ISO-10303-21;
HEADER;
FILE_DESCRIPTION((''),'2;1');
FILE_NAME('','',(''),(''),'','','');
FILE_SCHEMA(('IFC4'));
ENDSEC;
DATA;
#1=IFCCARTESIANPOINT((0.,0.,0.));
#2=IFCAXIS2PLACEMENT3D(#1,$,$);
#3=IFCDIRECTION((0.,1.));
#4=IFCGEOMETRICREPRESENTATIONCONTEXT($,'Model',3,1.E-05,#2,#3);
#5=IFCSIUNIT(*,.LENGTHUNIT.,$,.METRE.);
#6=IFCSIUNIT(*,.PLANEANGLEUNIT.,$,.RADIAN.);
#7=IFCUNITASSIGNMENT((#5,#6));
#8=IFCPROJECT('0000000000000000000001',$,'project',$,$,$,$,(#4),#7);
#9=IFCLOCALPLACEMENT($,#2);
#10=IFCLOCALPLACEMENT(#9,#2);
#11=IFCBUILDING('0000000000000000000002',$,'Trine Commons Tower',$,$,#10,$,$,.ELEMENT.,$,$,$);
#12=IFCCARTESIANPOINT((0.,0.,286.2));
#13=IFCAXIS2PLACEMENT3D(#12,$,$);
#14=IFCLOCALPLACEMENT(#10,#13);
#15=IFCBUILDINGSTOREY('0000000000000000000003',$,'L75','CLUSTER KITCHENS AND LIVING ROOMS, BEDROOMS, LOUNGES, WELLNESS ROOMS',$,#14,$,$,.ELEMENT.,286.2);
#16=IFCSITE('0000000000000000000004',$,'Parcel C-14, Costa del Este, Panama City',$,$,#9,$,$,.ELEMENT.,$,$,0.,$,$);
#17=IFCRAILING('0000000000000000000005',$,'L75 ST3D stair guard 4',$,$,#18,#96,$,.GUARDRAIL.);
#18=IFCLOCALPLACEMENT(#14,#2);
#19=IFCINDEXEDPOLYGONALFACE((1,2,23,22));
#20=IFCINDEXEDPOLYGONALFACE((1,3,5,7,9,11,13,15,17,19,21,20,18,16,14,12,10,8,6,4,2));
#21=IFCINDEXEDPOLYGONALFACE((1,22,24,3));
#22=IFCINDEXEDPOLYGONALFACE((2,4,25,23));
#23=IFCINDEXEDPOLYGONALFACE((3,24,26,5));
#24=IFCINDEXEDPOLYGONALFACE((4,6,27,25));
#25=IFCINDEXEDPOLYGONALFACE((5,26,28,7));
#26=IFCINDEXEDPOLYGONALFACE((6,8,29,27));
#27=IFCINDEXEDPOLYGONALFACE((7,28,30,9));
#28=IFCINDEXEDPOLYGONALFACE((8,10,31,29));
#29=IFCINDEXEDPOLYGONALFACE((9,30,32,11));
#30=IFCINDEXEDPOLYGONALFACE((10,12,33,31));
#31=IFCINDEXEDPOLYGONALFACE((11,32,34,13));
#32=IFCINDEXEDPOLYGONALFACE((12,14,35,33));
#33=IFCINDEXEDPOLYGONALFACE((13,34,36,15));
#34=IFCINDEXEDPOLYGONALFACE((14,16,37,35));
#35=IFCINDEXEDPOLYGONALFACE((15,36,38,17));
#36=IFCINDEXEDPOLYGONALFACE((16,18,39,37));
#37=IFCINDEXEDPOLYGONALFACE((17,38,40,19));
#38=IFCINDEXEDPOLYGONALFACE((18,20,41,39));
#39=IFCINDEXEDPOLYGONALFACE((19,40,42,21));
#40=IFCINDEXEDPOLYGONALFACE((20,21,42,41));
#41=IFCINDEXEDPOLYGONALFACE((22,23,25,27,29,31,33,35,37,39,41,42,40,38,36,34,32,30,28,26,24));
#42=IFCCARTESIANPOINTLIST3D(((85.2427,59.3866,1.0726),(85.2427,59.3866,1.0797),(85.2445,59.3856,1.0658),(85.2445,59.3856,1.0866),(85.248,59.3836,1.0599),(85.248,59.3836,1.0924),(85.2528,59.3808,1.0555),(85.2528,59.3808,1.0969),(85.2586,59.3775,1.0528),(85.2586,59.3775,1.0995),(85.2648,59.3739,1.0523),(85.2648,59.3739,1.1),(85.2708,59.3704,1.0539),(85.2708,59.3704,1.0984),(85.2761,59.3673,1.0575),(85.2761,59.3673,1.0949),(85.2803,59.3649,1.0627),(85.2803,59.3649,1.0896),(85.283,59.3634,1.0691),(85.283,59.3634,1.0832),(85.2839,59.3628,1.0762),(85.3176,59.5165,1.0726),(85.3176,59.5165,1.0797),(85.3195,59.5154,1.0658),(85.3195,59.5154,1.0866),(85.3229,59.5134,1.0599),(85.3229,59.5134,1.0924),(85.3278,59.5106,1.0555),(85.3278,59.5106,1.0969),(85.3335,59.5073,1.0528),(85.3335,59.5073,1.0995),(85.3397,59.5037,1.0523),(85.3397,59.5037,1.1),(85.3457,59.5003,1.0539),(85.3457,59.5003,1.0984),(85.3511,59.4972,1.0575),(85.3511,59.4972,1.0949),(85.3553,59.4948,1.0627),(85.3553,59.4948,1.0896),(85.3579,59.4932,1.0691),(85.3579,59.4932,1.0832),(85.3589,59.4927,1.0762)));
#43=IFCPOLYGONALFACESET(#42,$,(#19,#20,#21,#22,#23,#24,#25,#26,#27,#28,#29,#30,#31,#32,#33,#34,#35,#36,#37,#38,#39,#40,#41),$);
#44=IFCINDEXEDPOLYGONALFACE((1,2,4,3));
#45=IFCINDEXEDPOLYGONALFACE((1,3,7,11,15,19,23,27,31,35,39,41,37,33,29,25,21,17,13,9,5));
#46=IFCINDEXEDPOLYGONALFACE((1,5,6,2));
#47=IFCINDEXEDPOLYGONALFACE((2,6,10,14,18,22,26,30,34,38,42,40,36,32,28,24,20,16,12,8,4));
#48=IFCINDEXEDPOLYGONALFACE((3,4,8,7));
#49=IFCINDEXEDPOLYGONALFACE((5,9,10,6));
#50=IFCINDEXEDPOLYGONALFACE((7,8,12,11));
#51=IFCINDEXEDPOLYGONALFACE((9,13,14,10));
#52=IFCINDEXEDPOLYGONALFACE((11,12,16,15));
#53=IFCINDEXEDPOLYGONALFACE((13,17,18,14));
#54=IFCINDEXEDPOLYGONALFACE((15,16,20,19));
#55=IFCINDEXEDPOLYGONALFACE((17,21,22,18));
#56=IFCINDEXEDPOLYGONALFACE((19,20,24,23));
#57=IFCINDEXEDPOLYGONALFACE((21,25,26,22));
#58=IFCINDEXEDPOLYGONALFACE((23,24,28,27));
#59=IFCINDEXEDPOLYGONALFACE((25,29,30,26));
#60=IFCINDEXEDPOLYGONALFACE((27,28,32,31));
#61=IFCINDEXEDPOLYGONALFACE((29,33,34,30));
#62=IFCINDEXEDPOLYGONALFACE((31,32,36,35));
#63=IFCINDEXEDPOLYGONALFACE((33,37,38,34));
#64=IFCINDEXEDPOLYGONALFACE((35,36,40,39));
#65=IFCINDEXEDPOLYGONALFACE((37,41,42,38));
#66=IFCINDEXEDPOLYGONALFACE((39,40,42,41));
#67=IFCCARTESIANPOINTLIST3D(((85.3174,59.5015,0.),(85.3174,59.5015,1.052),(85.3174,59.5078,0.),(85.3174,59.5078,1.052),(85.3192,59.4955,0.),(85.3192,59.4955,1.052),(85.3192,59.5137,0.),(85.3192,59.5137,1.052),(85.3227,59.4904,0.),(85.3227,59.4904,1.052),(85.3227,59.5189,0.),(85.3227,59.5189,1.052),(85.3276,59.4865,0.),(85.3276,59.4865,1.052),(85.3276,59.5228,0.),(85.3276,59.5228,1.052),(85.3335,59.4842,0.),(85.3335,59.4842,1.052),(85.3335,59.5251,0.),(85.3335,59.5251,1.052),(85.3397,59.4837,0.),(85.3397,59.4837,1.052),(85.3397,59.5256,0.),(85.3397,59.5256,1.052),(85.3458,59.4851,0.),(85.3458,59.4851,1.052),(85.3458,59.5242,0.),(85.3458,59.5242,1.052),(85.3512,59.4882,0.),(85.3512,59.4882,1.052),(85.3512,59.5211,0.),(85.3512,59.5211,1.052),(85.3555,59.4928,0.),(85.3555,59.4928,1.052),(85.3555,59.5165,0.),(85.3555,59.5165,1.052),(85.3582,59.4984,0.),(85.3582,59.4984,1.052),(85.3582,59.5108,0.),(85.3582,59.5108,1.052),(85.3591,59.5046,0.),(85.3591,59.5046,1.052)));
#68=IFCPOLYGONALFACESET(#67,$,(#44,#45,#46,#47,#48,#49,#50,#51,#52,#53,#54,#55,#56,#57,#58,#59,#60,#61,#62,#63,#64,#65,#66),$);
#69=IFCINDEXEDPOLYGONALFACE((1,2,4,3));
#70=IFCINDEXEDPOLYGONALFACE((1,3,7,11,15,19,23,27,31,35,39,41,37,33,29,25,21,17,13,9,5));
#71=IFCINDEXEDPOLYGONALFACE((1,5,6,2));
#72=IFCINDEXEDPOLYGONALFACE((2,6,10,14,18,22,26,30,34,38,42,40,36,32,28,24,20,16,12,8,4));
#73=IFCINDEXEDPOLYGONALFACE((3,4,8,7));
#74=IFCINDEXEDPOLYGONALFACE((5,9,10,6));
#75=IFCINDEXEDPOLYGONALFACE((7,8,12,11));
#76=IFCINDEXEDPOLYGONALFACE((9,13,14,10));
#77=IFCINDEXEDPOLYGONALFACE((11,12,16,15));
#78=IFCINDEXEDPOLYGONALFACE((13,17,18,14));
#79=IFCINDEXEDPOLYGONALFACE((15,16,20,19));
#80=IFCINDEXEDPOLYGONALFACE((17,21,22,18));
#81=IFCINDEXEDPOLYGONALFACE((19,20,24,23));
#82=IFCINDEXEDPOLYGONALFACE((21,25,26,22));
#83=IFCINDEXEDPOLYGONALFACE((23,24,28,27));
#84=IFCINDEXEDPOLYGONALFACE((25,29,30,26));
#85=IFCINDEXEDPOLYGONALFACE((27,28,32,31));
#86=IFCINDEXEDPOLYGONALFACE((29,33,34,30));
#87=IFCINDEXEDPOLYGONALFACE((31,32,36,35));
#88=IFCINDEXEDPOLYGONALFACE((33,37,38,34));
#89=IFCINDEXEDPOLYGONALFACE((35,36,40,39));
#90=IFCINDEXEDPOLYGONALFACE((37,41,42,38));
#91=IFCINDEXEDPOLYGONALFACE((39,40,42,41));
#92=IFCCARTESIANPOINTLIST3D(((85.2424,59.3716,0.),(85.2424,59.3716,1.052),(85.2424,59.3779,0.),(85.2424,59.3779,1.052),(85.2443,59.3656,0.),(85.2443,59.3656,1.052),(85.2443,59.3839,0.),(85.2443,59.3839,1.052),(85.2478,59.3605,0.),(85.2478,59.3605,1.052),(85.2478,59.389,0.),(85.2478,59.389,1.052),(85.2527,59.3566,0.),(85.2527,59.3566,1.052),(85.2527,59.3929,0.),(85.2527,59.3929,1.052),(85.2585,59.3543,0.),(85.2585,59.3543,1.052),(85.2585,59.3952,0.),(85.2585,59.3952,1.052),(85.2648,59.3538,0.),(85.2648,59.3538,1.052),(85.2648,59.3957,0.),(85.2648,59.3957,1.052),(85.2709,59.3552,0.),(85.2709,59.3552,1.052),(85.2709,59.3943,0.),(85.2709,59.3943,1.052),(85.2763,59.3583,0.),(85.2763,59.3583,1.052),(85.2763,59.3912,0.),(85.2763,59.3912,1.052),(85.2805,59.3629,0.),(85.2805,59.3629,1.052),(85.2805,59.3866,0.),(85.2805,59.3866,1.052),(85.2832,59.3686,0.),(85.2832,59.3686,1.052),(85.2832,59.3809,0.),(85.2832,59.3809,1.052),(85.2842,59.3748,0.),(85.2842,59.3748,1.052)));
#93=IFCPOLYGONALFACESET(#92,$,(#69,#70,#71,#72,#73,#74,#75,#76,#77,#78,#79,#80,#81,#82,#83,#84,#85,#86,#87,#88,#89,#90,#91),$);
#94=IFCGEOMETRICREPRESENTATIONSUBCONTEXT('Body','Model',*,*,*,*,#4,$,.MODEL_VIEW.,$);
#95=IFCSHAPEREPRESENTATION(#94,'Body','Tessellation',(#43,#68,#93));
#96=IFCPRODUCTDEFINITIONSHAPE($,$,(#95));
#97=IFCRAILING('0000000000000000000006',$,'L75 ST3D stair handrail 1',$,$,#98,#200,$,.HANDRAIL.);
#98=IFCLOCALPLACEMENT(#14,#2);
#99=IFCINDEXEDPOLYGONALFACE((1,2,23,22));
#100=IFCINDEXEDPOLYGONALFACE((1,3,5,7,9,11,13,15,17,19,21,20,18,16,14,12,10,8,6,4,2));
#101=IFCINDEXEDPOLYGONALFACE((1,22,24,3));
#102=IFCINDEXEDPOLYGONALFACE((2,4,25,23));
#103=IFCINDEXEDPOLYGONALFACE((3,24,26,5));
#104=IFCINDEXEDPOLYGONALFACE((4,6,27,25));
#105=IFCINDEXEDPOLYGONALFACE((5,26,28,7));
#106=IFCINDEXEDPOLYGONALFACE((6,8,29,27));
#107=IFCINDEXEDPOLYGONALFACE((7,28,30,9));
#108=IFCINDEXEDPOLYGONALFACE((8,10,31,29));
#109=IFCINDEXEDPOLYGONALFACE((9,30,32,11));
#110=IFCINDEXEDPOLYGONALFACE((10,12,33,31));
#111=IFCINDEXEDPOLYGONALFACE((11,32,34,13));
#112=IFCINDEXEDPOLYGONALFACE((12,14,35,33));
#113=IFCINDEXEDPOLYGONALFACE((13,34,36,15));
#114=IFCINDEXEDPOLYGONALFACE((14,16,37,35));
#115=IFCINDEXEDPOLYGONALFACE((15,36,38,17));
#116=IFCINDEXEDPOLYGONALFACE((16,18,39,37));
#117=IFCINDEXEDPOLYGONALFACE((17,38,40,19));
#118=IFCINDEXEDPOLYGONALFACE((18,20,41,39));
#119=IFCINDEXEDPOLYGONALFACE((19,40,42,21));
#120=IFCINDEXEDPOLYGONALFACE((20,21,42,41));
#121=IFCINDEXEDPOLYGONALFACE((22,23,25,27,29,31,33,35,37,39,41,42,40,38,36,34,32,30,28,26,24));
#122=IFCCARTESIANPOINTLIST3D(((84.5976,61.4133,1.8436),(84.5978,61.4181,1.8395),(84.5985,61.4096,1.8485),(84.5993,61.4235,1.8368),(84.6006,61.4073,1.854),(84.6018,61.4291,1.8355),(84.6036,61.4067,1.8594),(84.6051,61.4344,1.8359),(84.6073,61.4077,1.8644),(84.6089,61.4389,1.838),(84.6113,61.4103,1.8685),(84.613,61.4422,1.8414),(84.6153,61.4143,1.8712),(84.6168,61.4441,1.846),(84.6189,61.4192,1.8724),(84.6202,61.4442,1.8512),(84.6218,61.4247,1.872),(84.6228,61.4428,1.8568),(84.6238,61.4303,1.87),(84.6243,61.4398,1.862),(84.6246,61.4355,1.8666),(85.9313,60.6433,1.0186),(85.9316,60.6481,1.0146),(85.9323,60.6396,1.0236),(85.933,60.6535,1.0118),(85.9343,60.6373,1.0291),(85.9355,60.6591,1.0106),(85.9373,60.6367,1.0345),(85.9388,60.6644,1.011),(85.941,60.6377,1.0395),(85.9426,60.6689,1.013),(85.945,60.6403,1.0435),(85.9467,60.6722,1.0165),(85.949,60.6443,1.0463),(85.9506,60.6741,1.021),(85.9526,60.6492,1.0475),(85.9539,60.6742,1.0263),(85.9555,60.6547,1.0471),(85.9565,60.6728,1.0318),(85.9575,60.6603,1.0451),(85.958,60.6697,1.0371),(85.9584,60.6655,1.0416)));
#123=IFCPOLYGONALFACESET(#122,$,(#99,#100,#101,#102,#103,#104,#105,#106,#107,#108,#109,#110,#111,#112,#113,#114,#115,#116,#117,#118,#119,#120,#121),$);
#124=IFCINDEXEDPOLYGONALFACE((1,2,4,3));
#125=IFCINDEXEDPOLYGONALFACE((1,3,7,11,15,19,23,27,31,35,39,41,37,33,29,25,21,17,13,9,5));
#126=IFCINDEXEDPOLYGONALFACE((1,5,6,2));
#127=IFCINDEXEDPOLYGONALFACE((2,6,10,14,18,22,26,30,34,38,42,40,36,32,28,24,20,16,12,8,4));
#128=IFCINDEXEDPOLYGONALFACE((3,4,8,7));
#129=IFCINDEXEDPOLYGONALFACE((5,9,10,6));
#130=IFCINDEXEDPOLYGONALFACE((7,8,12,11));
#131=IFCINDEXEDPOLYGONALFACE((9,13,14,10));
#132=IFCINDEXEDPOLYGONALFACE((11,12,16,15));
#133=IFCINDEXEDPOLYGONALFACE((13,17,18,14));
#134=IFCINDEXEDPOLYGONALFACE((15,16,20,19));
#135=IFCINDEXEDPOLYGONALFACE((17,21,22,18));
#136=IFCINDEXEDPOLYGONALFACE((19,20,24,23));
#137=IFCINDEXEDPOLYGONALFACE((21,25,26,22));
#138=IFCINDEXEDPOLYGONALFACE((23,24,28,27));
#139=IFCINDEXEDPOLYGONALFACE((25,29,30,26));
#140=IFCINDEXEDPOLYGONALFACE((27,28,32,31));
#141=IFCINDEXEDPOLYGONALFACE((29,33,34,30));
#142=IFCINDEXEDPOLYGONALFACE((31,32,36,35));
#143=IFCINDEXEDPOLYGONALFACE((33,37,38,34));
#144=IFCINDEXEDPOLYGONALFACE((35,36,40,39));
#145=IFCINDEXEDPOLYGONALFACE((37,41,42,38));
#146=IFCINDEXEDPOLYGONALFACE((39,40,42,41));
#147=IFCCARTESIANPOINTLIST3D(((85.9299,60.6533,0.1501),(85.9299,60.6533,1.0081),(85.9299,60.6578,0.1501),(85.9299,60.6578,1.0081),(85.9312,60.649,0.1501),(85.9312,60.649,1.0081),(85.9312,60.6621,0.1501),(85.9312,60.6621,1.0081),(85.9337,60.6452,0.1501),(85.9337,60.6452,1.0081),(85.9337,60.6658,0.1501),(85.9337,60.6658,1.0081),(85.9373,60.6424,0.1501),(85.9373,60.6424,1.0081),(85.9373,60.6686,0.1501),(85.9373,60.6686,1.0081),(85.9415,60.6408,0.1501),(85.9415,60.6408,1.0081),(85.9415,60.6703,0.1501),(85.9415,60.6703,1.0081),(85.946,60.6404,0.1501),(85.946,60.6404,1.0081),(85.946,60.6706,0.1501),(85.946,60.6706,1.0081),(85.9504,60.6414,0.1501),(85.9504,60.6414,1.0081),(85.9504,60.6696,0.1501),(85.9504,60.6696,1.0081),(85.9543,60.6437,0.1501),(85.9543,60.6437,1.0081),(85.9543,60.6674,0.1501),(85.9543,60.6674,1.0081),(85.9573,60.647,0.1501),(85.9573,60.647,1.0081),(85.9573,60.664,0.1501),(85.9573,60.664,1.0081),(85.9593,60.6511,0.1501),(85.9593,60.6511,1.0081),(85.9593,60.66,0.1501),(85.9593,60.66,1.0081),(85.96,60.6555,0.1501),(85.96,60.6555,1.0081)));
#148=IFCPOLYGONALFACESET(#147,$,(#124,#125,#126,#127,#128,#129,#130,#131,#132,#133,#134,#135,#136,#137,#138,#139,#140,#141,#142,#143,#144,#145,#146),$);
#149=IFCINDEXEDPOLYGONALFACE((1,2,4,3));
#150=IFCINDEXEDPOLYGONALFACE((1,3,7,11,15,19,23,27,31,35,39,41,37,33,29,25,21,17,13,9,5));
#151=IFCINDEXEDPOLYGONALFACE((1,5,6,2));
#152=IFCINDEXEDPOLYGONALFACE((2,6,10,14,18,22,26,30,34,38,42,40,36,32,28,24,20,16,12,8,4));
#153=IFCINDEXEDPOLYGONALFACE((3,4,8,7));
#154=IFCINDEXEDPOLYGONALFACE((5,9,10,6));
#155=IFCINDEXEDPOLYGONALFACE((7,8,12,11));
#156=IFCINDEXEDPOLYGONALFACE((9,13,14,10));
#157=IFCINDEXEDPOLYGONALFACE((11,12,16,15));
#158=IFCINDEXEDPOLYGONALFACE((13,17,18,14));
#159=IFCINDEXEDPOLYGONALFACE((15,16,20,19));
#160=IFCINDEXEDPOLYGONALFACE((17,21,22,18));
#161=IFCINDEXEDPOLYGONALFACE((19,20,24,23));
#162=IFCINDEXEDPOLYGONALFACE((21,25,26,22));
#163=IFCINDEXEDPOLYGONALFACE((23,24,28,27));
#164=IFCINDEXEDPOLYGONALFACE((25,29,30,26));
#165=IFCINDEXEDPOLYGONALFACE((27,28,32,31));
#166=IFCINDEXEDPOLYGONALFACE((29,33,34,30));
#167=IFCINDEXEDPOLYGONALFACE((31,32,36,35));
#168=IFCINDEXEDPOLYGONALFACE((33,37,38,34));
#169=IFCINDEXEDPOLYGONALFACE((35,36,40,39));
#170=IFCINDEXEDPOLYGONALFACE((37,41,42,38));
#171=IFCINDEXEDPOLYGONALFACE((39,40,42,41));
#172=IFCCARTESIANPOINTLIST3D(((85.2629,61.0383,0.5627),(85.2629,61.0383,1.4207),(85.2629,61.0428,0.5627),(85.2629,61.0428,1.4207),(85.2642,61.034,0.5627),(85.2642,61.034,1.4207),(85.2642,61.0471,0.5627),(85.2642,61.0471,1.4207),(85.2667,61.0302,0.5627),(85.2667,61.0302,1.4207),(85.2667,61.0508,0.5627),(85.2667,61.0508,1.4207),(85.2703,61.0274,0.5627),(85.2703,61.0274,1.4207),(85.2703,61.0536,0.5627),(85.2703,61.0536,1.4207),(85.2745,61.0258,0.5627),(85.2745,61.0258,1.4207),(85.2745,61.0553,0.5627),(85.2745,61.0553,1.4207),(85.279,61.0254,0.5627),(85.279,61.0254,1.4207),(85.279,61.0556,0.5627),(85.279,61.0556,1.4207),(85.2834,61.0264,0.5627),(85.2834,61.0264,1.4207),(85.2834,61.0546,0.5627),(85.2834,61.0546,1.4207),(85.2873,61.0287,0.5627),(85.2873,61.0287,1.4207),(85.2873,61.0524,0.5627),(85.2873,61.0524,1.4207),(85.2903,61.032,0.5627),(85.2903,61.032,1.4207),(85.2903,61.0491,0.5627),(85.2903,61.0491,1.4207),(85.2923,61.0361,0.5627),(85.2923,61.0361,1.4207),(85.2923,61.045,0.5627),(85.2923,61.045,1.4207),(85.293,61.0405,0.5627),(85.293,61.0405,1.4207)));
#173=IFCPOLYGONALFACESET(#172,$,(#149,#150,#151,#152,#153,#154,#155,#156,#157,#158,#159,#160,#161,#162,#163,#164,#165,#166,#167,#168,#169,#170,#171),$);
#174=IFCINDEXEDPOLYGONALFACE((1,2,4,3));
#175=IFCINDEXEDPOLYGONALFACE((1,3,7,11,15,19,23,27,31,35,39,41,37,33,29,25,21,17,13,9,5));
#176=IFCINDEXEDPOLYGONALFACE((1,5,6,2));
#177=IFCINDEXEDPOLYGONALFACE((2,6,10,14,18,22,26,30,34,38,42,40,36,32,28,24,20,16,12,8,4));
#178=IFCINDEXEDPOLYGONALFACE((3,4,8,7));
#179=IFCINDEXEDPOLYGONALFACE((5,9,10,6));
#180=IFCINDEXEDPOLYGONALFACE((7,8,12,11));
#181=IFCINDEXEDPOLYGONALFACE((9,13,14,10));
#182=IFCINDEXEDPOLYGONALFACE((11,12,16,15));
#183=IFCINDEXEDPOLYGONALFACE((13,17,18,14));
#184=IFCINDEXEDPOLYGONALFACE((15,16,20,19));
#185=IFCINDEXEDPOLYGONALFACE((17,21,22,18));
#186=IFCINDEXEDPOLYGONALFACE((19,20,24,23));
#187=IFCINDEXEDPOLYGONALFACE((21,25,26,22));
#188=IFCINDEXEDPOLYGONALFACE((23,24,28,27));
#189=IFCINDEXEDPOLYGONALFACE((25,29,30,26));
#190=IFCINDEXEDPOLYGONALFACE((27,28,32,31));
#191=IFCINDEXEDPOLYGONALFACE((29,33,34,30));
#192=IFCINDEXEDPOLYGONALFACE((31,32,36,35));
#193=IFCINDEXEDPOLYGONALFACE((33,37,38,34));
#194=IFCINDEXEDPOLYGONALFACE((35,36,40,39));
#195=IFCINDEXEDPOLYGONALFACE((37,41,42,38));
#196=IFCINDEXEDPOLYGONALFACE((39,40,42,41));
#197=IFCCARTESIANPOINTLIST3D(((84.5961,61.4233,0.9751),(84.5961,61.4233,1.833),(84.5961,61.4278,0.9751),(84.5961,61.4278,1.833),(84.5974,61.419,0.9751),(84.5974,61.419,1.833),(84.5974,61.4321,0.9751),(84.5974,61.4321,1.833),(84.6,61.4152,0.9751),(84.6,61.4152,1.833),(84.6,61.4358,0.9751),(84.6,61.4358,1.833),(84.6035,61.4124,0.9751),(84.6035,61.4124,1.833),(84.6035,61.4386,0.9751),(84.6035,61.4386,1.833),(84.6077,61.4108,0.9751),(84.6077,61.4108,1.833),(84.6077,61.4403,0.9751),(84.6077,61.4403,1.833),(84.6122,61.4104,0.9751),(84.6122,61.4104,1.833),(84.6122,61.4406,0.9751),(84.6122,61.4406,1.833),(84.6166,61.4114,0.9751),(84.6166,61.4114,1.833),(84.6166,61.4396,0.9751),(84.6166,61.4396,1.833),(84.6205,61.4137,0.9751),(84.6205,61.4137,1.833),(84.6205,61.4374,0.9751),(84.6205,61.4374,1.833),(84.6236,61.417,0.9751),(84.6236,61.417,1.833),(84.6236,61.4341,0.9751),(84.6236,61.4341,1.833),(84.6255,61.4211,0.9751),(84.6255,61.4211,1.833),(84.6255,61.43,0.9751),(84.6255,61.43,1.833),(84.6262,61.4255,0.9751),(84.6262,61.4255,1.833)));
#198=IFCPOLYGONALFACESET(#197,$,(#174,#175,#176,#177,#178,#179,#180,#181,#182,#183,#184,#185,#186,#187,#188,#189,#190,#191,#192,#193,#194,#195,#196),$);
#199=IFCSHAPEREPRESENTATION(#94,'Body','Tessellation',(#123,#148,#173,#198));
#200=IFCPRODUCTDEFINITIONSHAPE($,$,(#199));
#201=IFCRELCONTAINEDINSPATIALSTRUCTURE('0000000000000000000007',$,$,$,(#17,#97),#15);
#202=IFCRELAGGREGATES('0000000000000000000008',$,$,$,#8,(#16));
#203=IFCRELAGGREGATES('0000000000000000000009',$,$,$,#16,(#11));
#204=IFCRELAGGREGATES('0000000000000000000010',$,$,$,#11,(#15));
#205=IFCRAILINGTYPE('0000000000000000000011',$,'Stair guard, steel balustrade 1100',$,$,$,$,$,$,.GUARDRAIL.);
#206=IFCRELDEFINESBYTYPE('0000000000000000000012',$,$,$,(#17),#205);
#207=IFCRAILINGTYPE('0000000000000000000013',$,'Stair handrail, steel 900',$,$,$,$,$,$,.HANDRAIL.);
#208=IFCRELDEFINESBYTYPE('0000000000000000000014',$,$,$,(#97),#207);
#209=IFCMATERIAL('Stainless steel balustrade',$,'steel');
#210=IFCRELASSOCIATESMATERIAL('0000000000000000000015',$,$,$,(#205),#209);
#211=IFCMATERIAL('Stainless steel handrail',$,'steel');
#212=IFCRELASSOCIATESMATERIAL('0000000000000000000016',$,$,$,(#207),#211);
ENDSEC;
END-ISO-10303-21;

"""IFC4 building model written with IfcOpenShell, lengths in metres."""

from ifc_helpers import new_model, si_unit, direction, frame, origin, origin_2d, place, context, subcontext, project, spatial, circle, extrude, material, type_object, element, save


model = new_model("IFC4")

# Units and contexts
model_context = context("Model", 3, precision=1e-05, world=origin(), true_north=direction((0.0, 1.0)))
body_context = subcontext(model_context, "Body", "Model", "MODEL_VIEW")
ifc_project = project(units=[si_unit("LENGTHUNIT", "METRE"), si_unit("PLANEANGLEUNIT", "RADIAN")], contexts=[model_context])

# Site, building, storey
site_placement = place(None, origin())
site = spatial("IfcSite", under=ifc_project, at=site_placement, Name="Parcel C-14, Costa del Este, Panama City", CompositionType="ELEMENT", RefElevation=0.0)
building_placement = place(site_placement, origin())
building = spatial("IfcBuilding", under=site, at=building_placement, Name="Trine Commons Tower", CompositionType="ELEMENT")
storey_placement = place(building_placement, frame((0.0, 0.0, 286.2)))
storey = spatial("IfcBuildingStorey", under=building, at=storey_placement, Name="L75", Description="CLUSTER KITCHENS AND LIVING ROOMS, BEDROOMS, LOUNGES, WELLNESS ROOMS", CompositionType="ELEMENT", Elevation=286.2)

# Railings
ifc_material_1 = material(Name="Stainless steel balustrade", Category="steel")
railing_type_1 = type_object("IfcRailingType", Name="Stair guard, steel balustrade 1100", PredefinedType="GUARDRAIL", material=ifc_material_1)
railing_1_placement = place(storey_placement, frame((85.3381, 59.5046, 0.0)))
element("IfcRailing", 1, at=railing_1_placement, inside=storey, type_object=railing_type_1, Name="L75 ST3D stair guard 4", PredefinedType="GUARDRAIL", context=body_context, shape_type="SweptSolid", body=[
    extrude(circle(Radius=0.0239, at=origin_2d()), frame((0.0, 0.0, 1.0762), z_axis=(-0.499816, -0.866131, 0.0), x_axis=(0.866131, -0.499816, 0.0)), (0.0, 0.0, 1.0), 0.1499),
    extrude(circle(Radius=0.021, at=origin_2d()), origin(), (0.0, 0.0, 1.0), 1.052),
    extrude(circle(Radius=0.021, at=origin_2d()), frame((-0.075, -0.1299, 0.0)), (0.0, 0.0, 1.0), 1.052),
])
ifc_material_2 = material(Name="Stainless steel handrail", Category="steel")
railing_type_2 = type_object("IfcRailingType", Name="Stair handrail, steel 900", PredefinedType="HANDRAIL", material=ifc_material_2)
railing_2_placement = place(storey_placement, frame((85.9448, 60.6555, 0.1501)))
element("IfcRailing", 2, at=railing_2_placement, inside=storey, type_object=railing_type_2, Name="L75 ST3D stair handrail 1", PredefinedType="HANDRAIL", context=body_context, shape_type="SweptSolid", body=[
    extrude(circle(Radius=0.021, at=origin_2d()), frame((0.0, 0.0, 0.8789), z_axis=(-0.763405, 0.440743, 0.472185), x_axis=(-0.499992, -0.86603, 0.0)), (0.0, 0.0, 1.0), 1.7471),
    extrude(circle(Radius=0.0151, at=origin_2d()), origin(), (0.0, 0.0, 1.0), 0.8579),
    extrude(circle(Radius=0.0151, at=origin_2d()), frame((-0.667, 0.385, 0.4126)), (0.0, 0.0, 1.0), 0.8579),
    extrude(circle(Radius=0.0151, at=origin_2d()), frame((-1.3337, 0.77, 0.825)), (0.0, 0.0, 1.0), 0.8579),
])

save(model, "model.ifc")
